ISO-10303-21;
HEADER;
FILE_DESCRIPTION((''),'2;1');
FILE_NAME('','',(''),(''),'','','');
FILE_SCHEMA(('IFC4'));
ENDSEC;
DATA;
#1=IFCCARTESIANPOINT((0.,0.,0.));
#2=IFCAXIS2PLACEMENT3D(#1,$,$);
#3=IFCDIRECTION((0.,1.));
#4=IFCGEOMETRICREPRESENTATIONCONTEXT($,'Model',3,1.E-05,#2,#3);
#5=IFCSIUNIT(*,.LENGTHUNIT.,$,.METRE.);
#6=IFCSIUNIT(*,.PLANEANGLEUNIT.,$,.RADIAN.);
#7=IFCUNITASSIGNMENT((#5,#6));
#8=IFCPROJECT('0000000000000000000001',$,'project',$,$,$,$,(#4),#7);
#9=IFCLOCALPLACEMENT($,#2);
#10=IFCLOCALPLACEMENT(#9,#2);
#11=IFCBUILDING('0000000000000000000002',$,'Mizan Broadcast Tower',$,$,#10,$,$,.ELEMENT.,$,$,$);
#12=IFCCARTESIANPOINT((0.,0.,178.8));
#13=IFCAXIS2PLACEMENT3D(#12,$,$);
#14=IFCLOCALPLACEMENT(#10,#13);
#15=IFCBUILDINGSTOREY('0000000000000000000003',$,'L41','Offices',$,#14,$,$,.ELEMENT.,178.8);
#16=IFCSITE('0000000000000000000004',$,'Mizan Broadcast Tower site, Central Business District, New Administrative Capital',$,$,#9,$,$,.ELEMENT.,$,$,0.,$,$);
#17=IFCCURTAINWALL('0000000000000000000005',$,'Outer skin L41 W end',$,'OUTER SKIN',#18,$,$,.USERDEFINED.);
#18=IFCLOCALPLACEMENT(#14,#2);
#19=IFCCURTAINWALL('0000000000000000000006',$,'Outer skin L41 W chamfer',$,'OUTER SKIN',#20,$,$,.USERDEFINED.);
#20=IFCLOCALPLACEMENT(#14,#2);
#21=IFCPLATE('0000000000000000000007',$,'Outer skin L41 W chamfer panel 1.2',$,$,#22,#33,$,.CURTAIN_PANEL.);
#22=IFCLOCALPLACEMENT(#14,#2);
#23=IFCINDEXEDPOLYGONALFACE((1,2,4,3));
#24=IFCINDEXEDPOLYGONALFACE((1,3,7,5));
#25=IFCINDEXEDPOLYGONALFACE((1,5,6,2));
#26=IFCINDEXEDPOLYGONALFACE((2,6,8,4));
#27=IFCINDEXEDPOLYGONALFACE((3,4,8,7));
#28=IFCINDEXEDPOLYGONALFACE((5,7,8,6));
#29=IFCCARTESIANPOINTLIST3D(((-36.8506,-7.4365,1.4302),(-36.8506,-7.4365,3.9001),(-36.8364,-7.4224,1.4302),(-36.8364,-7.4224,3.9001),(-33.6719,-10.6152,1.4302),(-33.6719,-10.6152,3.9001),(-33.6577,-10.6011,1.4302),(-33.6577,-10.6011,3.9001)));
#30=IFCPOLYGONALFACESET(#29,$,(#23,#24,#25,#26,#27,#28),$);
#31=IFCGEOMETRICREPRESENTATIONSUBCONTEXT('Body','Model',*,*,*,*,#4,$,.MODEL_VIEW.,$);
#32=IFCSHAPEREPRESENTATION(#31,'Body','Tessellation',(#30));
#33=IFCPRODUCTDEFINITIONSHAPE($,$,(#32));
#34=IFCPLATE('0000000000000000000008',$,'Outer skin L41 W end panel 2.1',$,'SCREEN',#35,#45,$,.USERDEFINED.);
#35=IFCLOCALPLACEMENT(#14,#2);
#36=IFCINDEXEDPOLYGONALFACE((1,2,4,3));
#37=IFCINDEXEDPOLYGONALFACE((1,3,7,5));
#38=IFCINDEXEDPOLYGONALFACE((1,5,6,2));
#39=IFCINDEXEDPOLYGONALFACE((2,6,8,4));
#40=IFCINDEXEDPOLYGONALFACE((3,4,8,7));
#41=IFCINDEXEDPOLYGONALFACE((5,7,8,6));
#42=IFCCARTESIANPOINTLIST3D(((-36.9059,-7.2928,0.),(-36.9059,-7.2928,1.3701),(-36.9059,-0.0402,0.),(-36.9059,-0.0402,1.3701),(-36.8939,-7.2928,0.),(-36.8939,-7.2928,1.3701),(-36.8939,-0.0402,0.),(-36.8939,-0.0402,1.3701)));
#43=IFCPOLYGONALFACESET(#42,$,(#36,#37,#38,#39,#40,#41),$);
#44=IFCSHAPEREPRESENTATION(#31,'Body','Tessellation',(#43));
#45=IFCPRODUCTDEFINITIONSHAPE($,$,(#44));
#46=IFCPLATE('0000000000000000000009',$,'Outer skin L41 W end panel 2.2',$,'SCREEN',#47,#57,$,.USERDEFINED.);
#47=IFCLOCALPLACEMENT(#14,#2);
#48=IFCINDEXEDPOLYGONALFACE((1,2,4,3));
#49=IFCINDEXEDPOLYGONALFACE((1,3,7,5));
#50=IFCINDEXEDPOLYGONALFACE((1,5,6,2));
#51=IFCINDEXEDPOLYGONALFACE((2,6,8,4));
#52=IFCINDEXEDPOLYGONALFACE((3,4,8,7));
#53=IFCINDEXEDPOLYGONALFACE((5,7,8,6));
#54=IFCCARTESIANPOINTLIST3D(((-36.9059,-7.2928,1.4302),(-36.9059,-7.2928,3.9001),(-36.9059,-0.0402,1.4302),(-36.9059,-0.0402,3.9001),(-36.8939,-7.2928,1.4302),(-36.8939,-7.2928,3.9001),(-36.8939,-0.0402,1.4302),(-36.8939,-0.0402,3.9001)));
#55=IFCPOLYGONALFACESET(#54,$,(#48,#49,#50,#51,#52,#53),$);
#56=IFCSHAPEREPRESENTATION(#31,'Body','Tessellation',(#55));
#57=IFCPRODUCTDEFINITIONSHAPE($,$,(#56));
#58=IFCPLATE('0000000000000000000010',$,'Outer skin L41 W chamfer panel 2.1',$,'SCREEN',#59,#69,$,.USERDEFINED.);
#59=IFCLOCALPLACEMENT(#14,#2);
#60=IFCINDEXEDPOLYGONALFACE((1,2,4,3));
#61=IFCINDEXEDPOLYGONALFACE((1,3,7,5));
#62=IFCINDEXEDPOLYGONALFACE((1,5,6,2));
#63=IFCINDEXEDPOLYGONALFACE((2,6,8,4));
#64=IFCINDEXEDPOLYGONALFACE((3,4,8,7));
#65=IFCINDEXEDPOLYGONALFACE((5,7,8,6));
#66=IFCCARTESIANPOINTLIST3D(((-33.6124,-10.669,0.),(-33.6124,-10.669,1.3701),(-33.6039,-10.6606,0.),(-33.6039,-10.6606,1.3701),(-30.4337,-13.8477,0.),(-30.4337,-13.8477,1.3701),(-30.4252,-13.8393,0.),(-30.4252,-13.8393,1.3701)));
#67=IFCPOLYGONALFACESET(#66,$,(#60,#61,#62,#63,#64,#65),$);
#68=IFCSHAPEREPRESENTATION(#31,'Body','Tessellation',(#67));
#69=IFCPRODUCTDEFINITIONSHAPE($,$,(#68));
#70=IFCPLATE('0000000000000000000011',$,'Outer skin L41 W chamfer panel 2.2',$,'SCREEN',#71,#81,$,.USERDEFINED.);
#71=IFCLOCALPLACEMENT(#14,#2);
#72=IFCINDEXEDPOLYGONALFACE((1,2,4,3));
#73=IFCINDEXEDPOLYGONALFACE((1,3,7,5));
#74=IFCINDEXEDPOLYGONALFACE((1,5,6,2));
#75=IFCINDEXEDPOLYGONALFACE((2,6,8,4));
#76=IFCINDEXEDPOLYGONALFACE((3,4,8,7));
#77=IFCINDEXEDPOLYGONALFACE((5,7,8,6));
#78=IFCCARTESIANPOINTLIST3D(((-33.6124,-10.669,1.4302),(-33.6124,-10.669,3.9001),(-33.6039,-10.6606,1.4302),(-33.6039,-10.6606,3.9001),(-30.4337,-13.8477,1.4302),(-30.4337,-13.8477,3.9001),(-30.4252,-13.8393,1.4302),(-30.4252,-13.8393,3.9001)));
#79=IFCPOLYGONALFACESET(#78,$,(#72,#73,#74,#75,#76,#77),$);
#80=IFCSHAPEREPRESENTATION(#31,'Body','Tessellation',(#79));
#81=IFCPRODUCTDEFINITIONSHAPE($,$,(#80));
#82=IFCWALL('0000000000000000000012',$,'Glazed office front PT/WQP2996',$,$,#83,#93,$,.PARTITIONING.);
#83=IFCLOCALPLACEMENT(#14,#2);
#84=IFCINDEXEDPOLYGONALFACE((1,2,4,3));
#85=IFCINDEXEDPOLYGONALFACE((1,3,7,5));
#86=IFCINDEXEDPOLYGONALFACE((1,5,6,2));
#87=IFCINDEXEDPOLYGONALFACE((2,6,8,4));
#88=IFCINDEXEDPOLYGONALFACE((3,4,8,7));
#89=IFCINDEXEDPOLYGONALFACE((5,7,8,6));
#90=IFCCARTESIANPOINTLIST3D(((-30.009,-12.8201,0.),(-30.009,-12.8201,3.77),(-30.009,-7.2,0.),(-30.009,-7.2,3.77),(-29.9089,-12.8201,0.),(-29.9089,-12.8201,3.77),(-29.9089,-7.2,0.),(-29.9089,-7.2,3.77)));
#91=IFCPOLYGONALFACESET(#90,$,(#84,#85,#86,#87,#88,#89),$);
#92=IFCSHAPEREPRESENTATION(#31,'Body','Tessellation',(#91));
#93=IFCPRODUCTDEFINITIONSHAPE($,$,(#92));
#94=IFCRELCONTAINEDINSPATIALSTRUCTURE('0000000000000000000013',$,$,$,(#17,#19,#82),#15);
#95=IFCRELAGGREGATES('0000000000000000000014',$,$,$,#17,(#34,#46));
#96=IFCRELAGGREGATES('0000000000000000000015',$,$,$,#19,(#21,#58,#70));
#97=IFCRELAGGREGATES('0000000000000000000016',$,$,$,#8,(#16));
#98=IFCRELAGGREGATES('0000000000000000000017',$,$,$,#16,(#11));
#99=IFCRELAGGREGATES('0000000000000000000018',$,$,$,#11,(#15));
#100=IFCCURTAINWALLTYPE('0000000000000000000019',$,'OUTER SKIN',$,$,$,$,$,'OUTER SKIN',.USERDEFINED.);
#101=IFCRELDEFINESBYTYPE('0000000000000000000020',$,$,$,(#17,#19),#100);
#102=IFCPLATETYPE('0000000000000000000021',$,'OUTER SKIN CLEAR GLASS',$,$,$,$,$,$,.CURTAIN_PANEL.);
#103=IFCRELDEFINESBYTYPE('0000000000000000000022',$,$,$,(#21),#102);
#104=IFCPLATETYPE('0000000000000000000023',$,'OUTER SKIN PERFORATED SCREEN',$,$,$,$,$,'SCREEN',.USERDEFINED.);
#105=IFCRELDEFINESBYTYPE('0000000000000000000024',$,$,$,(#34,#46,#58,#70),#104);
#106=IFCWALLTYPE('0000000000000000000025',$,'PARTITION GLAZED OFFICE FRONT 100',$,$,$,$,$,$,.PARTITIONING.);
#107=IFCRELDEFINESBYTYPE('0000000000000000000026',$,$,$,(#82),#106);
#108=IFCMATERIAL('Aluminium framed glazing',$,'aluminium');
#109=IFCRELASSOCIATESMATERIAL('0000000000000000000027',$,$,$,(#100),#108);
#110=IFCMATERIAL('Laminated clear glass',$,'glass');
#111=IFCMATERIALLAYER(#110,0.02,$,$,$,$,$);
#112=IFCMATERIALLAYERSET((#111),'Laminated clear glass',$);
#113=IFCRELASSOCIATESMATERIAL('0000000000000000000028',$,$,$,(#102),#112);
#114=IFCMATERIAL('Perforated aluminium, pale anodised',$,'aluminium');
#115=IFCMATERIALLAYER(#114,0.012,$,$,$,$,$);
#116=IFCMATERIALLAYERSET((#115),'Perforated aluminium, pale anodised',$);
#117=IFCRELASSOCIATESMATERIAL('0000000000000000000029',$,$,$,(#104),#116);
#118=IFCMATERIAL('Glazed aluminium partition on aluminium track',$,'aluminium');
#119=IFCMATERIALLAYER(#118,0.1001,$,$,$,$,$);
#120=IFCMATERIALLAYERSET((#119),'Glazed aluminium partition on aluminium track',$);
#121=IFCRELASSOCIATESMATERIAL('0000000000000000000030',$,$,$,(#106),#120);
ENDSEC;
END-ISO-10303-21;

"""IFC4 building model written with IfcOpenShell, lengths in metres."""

from ifc_helpers import new_model, si_unit, direction, frame, frame_2d, origin, origin_2d, place, context, subcontext, project, spatial, rectangle, extrude, material, layer, layer_set, type_object, element, aggregate, save


model = new_model("IFC4")

# Units and contexts
model_context = context("Model", 3, precision=1e-05, world=origin(), true_north=direction((0.0, 1.0)))
body_context = subcontext(model_context, "Body", "Model", "MODEL_VIEW")
ifc_project = project(units=[si_unit("LENGTHUNIT", "METRE"), si_unit("PLANEANGLEUNIT", "RADIAN")], contexts=[model_context])

# Site, building, storey
site_placement = place(None, origin())
site = spatial("IfcSite", under=ifc_project, at=site_placement, Name="Mizan Broadcast Tower site, Central Business District, New Administrative Capital", CompositionType="ELEMENT", RefElevation=0.0)
building_placement = place(site_placement, origin())
building = spatial("IfcBuilding", under=site, at=building_placement, Name="Mizan Broadcast Tower", CompositionType="ELEMENT")
storey_placement = place(building_placement, frame((0.0, 0.0, 178.8)))
storey = spatial("IfcBuildingStorey", under=building, at=storey_placement, Name="L41", Description="Offices", CompositionType="ELEMENT", Elevation=178.8)

# Curtain walls
ifc_material_1 = material(Name="Aluminium framed glazing", Category="aluminium")
curtain_wall_type_1 = type_object("IfcCurtainWallType", Name="OUTER SKIN", ElementType="OUTER SKIN", PredefinedType="USERDEFINED", material=ifc_material_1)
curtain_wall_1_placement = place(storey_placement, origin())
curtain_wall_1 = element("IfcCurtainWall", 1, at=curtain_wall_1_placement, inside=storey, type_object=curtain_wall_type_1, Name="Outer skin L41 W end", ObjectType="OUTER SKIN", PredefinedType="USERDEFINED")
curtain_wall_2_placement = place(storey_placement, origin())
curtain_wall_2 = element("IfcCurtainWall", 2, at=curtain_wall_2_placement, inside=storey, type_object=curtain_wall_type_1, Name="Outer skin L41 W chamfer", ObjectType="OUTER SKIN", PredefinedType="USERDEFINED")

# Plates
ifc_material_2 = material(Name="Laminated clear glass", Category="glass")
ifc_layer_1 = layer(ifc_material_2, 0.02)
ifc_layer_set_1 = layer_set([ifc_layer_1], Name="Laminated clear glass")
plate_type_1 = type_object("IfcPlateType", Name="OUTER SKIN CLEAR GLASS", PredefinedType="CURTAIN_PANEL", material=ifc_layer_set_1)
plate_1_placement = place(storey_placement, frame((-35.2542, -9.0188, 1.4302), z_axis=(0.0, 0.0, 1.0), x_axis=(0.707107, -0.707107, 0.0)))
plate_1 = element("IfcPlate", 3, at=plate_1_placement, type_object=plate_type_1, Name="Outer skin L41 W chamfer panel 1.2", PredefinedType="CURTAIN_PANEL", context=body_context, shape_type="SweptSolid", body=[
    extrude(rectangle(XDim=4.4954, YDim=0.02, at=origin_2d()), origin(), (0.0, 0.0, 1.0), 2.47),
])
ifc_material_3 = material(Name="Perforated aluminium, pale anodised", Category="aluminium")
ifc_layer_2 = layer(ifc_material_3, 0.012)
ifc_layer_set_2 = layer_set([ifc_layer_2], Name="Perforated aluminium, pale anodised")
plate_type_2 = type_object("IfcPlateType", Name="OUTER SKIN PERFORATED SCREEN", ElementType="SCREEN", PredefinedType="USERDEFINED", material=ifc_layer_set_2)
plate_2_placement = place(storey_placement, frame((-36.8999, -3.6665, 0.0), z_axis=(0.0, 0.0, 1.0), x_axis=(0.0, -1.0, 0.0)))
plate_2 = element("IfcPlate", 4, at=plate_2_placement, type_object=plate_type_2, Name="Outer skin L41 W end panel 2.1", ObjectType="SCREEN", PredefinedType="USERDEFINED", context=body_context, shape_type="SweptSolid", body=[
    extrude(rectangle(XDim=7.2527, YDim=0.012, at=origin_2d()), origin(), (0.0, 0.0, 1.0), 1.3701),
])
plate_3_placement = place(storey_placement, frame((-36.8999, -3.6665, 1.4302), z_axis=(0.0, 0.0, 1.0), x_axis=(0.0, -1.0, 0.0)))
plate_3 = element("IfcPlate", 5, at=plate_3_placement, type_object=plate_type_2, Name="Outer skin L41 W end panel 2.2", ObjectType="SCREEN", PredefinedType="USERDEFINED", context=body_context, shape_type="SweptSolid", body=[
    extrude(rectangle(XDim=7.2527, YDim=0.012, at=origin_2d()), origin(), (0.0, 0.0, 1.0), 2.47),
])
aggregate(curtain_wall_1, [plate_2, plate_3])
plate_4_placement = place(storey_placement, frame((-32.0188, -12.2542, 0.0), z_axis=(0.0, 0.0, 1.0), x_axis=(0.707107, -0.707107, 0.0)))
plate_4 = element("IfcPlate", 6, at=plate_4_placement, type_object=plate_type_2, Name="Outer skin L41 W chamfer panel 2.1", ObjectType="SCREEN", PredefinedType="USERDEFINED", context=body_context, shape_type="SweptSolid", body=[
    extrude(rectangle(XDim=4.4954, YDim=0.012, at=origin_2d()), origin(), (0.0, 0.0, 1.0), 1.3701),
])
plate_5_placement = place(storey_placement, frame((-32.0188, -12.2542, 1.4302), z_axis=(0.0, 0.0, 1.0), x_axis=(0.707107, -0.707107, 0.0)))
plate_5 = element("IfcPlate", 7, at=plate_5_placement, type_object=plate_type_2, Name="Outer skin L41 W chamfer panel 2.2", ObjectType="SCREEN", PredefinedType="USERDEFINED", context=body_context, shape_type="SweptSolid", body=[
    extrude(rectangle(XDim=4.4954, YDim=0.012, at=origin_2d()), origin(), (0.0, 0.0, 1.0), 2.47),
])
aggregate(curtain_wall_2, [plate_1, plate_4, plate_5])

# Wall
ifc_material_4 = material(Name="Glazed aluminium partition on aluminium track", Category="aluminium")
ifc_layer_3 = layer(ifc_material_4, 0.1001)
ifc_layer_set_3 = layer_set([ifc_layer_3], Name="Glazed aluminium partition on aluminium track")
wall_type = type_object("IfcWallType", Name="PARTITION GLAZED OFFICE FRONT 100", PredefinedType="PARTITIONING", material=ifc_layer_set_3)
wall_placement = place(storey_placement, frame((-29.959, -7.2, 0.0), z_axis=(0.0, 0.0, 1.0), x_axis=(0.0, -1.0, 0.0)))
element("IfcWall", 8, at=wall_placement, inside=storey, type_object=wall_type, Name="Glazed office front PT/WQP2996", PredefinedType="PARTITIONING", context=body_context, shape_type="SweptSolid", body=[
    extrude(rectangle(XDim=5.6201, YDim=0.1001, at=frame_2d((2.8101, 0.0))), origin(), (0.0, 0.0, 1.0), 3.77),
])

save(model, "model.ifc")
